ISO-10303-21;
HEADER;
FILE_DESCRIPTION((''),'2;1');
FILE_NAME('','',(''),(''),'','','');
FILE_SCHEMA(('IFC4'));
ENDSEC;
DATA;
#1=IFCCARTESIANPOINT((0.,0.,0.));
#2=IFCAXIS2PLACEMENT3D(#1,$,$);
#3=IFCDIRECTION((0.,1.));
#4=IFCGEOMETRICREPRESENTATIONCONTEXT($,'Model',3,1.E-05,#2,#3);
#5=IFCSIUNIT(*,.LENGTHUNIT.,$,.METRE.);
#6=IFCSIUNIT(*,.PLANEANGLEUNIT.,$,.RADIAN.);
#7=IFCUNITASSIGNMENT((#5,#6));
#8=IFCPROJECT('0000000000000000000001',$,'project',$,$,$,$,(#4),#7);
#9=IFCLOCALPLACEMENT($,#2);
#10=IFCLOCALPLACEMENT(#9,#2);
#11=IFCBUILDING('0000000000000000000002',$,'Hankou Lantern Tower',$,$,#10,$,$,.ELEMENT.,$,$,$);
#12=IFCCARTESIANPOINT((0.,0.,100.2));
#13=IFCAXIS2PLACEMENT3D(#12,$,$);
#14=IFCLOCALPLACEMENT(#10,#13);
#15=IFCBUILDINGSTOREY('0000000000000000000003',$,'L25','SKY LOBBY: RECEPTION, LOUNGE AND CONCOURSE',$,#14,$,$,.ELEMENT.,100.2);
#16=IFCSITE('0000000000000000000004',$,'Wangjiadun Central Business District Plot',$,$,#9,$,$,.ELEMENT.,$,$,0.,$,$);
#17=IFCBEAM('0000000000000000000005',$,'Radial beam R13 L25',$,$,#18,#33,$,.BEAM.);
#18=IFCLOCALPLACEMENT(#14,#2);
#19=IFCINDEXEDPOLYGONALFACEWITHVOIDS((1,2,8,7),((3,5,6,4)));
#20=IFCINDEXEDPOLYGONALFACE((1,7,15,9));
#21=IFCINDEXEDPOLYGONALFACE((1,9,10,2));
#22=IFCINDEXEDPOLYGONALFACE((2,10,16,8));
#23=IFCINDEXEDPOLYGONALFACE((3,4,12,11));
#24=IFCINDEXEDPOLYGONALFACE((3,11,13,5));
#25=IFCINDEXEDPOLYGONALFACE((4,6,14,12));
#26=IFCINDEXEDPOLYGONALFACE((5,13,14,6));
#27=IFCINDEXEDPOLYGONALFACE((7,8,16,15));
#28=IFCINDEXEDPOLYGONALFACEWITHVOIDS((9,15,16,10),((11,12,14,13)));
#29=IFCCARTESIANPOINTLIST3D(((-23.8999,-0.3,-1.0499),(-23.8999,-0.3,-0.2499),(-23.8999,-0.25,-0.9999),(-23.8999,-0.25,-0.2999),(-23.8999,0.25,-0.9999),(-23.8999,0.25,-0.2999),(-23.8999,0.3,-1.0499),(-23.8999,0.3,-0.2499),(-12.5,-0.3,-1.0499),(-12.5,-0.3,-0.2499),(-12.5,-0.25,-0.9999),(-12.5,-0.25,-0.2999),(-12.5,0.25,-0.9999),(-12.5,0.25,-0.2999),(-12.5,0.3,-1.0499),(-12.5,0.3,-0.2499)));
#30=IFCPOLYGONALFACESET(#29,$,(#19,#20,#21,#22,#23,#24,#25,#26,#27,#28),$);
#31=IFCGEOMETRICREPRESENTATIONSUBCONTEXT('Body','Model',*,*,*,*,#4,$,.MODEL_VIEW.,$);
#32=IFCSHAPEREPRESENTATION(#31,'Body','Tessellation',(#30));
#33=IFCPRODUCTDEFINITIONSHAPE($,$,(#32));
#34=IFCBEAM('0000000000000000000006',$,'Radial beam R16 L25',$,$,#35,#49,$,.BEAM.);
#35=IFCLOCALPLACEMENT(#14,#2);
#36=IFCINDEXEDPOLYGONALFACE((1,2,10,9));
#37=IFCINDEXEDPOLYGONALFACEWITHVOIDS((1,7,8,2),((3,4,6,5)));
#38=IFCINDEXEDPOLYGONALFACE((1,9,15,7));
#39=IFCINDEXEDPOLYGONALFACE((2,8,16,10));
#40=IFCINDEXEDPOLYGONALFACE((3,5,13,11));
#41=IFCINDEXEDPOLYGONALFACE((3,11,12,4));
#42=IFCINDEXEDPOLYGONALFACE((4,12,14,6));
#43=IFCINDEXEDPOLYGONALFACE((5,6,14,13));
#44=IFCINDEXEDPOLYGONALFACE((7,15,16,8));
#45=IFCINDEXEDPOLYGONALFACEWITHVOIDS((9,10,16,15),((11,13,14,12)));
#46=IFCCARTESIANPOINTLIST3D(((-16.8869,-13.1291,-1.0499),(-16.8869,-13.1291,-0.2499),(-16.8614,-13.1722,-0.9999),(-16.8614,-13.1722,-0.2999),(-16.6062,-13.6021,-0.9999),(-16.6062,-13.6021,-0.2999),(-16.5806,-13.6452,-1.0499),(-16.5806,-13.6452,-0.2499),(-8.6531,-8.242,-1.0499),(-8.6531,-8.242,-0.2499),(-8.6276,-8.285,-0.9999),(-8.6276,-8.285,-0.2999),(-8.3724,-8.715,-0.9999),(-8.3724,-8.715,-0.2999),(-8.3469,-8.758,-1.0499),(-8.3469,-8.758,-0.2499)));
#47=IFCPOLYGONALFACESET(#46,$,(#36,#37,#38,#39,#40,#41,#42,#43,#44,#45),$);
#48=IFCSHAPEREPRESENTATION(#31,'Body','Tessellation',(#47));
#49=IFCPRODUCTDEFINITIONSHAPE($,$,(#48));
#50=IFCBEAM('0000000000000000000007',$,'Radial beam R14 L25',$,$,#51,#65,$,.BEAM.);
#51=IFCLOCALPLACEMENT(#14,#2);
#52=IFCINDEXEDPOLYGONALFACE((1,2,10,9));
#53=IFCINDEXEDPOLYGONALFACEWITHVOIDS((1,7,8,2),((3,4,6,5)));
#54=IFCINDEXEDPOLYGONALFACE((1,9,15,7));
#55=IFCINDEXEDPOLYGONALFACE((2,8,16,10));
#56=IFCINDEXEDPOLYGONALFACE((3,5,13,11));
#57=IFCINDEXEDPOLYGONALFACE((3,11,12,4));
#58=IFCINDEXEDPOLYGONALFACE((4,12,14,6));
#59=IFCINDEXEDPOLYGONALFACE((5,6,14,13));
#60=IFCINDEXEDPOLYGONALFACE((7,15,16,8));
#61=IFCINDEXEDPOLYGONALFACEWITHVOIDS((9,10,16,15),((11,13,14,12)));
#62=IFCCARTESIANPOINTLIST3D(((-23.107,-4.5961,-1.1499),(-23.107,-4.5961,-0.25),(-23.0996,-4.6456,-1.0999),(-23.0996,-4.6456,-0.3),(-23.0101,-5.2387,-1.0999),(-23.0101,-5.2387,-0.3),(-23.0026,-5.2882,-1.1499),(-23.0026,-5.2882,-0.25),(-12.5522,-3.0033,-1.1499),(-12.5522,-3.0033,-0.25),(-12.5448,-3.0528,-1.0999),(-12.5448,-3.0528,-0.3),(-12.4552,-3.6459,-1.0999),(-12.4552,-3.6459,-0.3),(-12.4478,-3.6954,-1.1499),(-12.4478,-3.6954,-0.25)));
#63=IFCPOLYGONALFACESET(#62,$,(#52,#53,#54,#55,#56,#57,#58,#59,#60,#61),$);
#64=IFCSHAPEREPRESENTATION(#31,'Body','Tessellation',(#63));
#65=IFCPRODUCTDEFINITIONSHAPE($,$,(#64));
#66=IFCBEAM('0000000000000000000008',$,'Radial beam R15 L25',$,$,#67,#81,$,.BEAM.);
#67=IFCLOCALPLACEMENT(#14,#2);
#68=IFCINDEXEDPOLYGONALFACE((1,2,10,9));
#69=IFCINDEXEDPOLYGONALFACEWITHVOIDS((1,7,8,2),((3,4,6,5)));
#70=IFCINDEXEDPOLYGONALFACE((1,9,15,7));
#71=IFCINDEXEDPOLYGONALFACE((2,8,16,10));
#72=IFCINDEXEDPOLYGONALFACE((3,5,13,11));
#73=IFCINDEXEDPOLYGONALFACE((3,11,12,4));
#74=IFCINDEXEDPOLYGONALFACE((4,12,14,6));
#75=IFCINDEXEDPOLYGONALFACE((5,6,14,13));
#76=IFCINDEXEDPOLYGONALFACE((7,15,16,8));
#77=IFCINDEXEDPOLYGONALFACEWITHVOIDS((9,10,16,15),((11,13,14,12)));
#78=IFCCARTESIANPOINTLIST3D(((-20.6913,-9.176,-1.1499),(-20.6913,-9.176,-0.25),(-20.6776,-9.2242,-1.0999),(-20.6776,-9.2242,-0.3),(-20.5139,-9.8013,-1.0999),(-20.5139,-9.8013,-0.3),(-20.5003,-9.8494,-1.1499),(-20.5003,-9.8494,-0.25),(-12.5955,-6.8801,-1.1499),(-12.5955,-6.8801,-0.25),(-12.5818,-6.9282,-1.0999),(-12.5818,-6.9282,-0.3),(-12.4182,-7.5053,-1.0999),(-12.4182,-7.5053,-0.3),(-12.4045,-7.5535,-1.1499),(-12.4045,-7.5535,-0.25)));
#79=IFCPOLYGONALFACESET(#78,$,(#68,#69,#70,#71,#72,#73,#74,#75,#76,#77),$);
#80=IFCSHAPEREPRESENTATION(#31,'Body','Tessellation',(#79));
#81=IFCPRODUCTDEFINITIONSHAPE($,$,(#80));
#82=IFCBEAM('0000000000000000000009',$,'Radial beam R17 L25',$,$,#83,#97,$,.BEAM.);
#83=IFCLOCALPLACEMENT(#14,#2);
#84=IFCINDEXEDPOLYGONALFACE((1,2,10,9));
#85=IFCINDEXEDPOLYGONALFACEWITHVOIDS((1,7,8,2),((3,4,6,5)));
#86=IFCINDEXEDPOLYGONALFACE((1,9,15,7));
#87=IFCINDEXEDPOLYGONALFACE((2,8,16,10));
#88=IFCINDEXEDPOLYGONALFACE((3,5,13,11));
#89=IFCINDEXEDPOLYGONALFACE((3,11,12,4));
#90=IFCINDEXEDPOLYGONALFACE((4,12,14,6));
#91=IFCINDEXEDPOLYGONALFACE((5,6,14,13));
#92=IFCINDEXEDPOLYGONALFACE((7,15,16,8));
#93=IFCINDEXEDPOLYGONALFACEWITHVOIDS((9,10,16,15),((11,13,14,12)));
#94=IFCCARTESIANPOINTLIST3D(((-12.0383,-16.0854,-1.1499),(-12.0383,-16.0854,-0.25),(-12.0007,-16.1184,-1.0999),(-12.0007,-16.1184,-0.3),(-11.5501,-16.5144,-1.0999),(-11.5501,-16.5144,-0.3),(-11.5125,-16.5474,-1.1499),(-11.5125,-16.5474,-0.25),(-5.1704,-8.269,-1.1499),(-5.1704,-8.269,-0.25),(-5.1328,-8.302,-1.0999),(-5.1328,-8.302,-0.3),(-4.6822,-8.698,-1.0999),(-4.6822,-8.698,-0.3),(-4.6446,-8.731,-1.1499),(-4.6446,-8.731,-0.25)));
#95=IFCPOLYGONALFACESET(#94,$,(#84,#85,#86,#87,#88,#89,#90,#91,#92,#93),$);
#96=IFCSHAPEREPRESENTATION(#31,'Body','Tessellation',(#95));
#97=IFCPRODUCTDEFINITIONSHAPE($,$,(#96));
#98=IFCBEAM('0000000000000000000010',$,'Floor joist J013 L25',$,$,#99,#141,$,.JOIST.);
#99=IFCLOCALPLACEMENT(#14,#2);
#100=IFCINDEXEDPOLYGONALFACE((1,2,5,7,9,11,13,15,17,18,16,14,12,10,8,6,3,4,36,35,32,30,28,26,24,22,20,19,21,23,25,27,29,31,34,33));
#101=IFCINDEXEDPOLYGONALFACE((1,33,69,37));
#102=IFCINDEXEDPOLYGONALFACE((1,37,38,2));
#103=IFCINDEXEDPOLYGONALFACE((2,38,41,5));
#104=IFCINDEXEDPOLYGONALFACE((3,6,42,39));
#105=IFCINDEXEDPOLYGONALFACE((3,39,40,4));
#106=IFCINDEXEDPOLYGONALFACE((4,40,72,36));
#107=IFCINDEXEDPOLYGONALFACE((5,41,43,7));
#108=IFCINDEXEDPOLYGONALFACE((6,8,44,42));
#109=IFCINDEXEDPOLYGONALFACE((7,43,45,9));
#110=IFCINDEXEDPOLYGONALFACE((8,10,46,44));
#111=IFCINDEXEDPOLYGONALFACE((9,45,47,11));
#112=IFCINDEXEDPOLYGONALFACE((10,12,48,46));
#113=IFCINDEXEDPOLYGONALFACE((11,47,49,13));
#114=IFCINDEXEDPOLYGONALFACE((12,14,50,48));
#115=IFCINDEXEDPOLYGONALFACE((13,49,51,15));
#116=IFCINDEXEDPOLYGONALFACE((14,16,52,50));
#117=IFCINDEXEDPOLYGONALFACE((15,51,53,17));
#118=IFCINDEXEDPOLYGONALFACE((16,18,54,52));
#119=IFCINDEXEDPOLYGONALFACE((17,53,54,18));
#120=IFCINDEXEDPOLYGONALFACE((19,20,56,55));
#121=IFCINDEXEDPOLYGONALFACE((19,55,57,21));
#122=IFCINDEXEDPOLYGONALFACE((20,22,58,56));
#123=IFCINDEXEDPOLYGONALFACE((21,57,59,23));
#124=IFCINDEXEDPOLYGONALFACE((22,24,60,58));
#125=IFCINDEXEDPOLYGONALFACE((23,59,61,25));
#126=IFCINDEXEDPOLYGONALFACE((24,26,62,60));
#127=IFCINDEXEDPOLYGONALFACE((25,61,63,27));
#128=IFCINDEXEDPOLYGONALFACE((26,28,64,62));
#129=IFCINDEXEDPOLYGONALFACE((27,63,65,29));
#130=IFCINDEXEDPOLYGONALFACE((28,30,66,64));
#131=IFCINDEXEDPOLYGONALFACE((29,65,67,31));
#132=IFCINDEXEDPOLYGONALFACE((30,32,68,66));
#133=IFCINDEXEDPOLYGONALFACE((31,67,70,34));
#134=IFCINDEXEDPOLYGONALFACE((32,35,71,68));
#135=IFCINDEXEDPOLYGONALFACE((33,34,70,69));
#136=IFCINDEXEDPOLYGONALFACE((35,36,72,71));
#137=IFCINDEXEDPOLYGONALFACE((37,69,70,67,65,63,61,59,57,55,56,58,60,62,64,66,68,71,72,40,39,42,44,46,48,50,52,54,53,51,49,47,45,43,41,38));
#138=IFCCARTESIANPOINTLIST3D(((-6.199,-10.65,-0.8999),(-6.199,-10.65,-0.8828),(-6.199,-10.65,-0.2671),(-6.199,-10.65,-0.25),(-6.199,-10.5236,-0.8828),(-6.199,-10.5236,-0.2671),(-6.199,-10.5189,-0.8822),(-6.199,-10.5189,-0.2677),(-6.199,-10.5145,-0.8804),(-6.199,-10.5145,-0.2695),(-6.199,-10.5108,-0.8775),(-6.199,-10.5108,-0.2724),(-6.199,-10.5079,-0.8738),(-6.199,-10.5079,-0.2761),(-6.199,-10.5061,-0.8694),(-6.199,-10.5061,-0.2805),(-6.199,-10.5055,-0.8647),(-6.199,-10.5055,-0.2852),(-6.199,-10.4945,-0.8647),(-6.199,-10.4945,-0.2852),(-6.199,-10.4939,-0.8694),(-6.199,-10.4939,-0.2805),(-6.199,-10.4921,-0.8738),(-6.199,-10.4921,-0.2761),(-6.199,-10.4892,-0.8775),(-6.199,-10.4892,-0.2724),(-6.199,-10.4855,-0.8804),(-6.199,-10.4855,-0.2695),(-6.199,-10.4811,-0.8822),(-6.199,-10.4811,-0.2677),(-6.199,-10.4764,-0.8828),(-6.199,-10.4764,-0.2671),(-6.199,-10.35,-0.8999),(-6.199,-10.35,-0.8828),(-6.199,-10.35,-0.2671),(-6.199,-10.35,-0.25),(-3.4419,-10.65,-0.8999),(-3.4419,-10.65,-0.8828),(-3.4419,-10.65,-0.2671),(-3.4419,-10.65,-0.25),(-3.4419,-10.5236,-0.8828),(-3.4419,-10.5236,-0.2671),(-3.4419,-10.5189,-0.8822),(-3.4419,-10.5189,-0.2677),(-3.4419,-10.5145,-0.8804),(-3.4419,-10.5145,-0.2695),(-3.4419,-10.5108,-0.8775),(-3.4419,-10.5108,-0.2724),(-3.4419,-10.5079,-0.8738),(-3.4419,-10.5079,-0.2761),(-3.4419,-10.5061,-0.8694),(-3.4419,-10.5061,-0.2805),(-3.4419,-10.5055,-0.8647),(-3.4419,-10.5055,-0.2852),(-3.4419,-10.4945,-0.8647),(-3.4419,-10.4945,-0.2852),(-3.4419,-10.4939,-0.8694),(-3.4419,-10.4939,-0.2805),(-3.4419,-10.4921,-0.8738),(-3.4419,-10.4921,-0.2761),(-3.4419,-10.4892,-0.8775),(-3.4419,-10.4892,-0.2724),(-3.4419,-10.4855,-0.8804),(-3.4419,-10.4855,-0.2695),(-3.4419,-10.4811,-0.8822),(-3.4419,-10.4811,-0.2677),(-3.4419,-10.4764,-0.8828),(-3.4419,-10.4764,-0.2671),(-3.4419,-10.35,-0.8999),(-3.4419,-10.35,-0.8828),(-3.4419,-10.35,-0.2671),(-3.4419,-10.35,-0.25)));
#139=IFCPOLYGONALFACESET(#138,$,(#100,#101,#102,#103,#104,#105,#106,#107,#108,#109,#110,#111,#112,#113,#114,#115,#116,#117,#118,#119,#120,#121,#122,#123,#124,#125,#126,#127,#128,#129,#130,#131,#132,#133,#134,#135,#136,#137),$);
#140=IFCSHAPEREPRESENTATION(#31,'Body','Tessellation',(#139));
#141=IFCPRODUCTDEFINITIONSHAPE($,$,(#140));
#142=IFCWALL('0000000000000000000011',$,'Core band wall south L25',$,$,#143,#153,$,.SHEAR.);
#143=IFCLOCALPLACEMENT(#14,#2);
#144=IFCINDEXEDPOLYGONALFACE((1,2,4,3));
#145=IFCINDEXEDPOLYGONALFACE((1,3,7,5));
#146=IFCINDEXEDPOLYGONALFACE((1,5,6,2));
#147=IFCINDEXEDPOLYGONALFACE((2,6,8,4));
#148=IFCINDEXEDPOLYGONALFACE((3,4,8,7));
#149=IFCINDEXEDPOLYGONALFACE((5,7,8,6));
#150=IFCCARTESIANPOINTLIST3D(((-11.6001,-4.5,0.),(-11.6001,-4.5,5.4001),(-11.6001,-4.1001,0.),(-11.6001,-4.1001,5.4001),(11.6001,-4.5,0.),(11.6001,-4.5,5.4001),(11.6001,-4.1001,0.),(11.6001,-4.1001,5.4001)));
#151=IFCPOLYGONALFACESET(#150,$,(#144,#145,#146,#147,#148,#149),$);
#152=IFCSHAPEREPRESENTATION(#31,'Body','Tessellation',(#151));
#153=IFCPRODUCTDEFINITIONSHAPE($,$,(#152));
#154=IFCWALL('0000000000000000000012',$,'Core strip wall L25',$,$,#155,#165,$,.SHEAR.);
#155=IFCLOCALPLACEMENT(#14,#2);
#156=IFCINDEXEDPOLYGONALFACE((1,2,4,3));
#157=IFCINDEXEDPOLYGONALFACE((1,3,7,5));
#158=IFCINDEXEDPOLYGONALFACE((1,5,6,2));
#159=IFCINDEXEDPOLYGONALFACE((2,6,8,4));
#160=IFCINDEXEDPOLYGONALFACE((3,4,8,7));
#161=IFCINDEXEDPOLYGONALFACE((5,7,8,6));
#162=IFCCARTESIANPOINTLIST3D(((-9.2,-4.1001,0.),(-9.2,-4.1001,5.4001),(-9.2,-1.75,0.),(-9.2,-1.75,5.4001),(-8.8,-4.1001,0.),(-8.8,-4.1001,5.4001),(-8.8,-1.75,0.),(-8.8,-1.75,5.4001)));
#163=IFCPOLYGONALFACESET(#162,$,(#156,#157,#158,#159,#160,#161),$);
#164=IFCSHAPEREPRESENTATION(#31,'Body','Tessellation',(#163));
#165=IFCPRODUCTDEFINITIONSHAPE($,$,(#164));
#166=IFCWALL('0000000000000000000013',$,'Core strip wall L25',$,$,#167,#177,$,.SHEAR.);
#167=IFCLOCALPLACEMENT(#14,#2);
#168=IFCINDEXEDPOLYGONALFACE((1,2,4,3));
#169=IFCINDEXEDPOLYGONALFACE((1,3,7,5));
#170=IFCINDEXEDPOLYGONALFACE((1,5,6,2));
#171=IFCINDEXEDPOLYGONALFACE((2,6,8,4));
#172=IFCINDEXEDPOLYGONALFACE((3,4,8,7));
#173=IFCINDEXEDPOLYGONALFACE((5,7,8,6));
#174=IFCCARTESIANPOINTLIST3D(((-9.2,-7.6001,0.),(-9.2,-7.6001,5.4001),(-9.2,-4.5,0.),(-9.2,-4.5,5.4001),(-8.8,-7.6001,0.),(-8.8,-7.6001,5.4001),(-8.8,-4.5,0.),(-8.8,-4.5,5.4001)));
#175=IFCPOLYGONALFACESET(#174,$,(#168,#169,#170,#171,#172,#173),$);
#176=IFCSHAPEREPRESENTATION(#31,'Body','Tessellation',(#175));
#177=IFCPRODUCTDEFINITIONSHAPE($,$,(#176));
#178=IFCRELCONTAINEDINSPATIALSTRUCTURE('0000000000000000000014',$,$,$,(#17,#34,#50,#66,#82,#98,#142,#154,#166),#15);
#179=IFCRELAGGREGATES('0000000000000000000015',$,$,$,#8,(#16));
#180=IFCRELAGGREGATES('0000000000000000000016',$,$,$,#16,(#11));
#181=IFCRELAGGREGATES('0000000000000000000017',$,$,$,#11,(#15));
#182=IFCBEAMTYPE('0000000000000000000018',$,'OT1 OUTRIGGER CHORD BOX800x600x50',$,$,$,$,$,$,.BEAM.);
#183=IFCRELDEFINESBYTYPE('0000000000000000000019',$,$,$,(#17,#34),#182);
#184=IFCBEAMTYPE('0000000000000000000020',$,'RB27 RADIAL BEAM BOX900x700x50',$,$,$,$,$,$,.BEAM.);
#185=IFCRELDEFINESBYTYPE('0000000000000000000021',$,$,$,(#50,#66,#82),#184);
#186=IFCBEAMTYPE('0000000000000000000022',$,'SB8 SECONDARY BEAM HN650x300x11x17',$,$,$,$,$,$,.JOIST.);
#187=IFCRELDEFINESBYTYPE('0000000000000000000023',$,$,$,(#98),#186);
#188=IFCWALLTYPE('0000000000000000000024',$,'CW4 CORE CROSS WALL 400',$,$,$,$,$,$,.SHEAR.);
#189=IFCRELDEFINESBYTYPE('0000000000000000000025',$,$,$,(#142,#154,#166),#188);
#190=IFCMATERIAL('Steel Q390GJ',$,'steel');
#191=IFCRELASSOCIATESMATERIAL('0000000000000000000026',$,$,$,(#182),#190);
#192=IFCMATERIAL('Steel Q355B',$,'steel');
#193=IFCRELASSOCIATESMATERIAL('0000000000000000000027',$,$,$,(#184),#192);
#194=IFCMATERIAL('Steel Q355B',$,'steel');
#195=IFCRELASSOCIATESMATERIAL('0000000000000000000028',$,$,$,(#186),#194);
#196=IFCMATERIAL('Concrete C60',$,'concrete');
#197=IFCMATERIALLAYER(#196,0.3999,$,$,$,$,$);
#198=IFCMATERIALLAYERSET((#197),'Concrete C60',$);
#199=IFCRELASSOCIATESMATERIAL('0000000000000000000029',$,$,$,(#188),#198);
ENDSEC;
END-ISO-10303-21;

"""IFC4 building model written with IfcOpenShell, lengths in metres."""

from ifc_helpers import new_model, si_unit, direction, frame, frame_2d, origin, origin_2d, place, context, subcontext, project, spatial, rectangle, hollow_rectangle, i_section, extrude, material, layer, layer_set, material_profile, profile_set, type_object, element, save


model = new_model("IFC4")

# Units and contexts
model_context = context("Model", 3, precision=1e-05, world=origin(), true_north=direction((0.0, 1.0)))
body_context = subcontext(model_context, "Body", "Model", "MODEL_VIEW")
ifc_project = project(units=[si_unit("LENGTHUNIT", "METRE"), si_unit("PLANEANGLEUNIT", "RADIAN")], contexts=[model_context])

# Site, building, storey
site_placement = place(None, origin())
site = spatial("IfcSite", under=ifc_project, at=site_placement, Name="Wangjiadun Central Business District Plot", CompositionType="ELEMENT", RefElevation=0.0)
building_placement = place(site_placement, origin())
building = spatial("IfcBuilding", under=site, at=building_placement, Name="Hankou Lantern Tower", CompositionType="ELEMENT")
storey_placement = place(building_placement, frame((0.0, 0.0, 100.2)))
storey = spatial("IfcBuildingStorey", under=building, at=storey_placement, Name="L25", Description="SKY LOBBY: RECEPTION, LOUNGE AND CONCOURSE", CompositionType="ELEMENT", Elevation=100.2)

# Beams
ifc_material_1 = material(Name="Steel Q390GJ", Category="steel")
ifc_material_profile_1 = material_profile(ifc_material_1, hollow_rectangle(XDim=0.6001, YDim=0.8, WallThickness=0.05, at=origin_2d()), Name="BOX800x600x50")
ifc_profile_set_1 = profile_set([ifc_material_profile_1], Name="Steel Q390GJ")
beam_type_1 = type_object("IfcBeamType", Name="OT1 OUTRIGGER CHORD BOX800x600x50", PredefinedType="BEAM", material=ifc_profile_set_1)
beam_1_placement = place(storey_placement, frame((-12.5, 0.0, -0.6499), z_axis=(-1.0, 0.0, 0.0), x_axis=(0.0, -1.0, 0.0)))
element("IfcBeam", 1, at=beam_1_placement, inside=storey, type_object=beam_type_1, Name="Radial beam R13 L25", PredefinedType="BEAM", context=body_context, shape_type="SweptSolid", body=[
    extrude(hollow_rectangle(XDim=0.6001, YDim=0.8, WallThickness=0.05, at=origin_2d()), origin(), (0.0, 0.0, 1.0), 11.3999),
])
beam_2_placement = place(storey_placement, frame((-8.5, -8.5, -0.6499), z_axis=(-0.859931, -0.51041, 0.0), x_axis=(0.51041, -0.859931, 0.0)))
element("IfcBeam", 2, at=beam_2_placement, inside=storey, type_object=beam_type_1, Name="Radial beam R16 L25", PredefinedType="BEAM", context=body_context, shape_type="SweptSolid", body=[
    extrude(hollow_rectangle(XDim=0.6001, YDim=0.8, WallThickness=0.05, at=origin_2d()), origin(), (0.0, 0.0, 1.0), 9.575),
])
ifc_material_2 = material(Name="Steel Q355B", Category="steel")
ifc_material_profile_2 = material_profile(ifc_material_2, hollow_rectangle(XDim=0.7, YDim=0.8999, WallThickness=0.05, at=origin_2d()), Name="BOX900x700x50")
ifc_profile_set_2 = profile_set([ifc_material_profile_2], Name="Steel Q355B")
beam_type_2 = type_object("IfcBeamType", Name="RB27 RADIAL BEAM BOX900x700x50", PredefinedType="BEAM", material=ifc_profile_set_2)
beam_3_placement = place(storey_placement, frame((-12.5, -3.3494, -0.7), z_axis=(-0.988805, -0.149214, 0.0), x_axis=(0.149214, -0.988805, 0.0)))
element("IfcBeam", 3, at=beam_3_placement, inside=storey, type_object=beam_type_2, Name="Radial beam R14 L25", PredefinedType="BEAM", context=body_context, shape_type="SweptSolid", body=[
    extrude(hollow_rectangle(XDim=0.7, YDim=0.8999, WallThickness=0.05, at=origin_2d()), origin(), (0.0, 0.0, 1.0), 10.6743),
])
beam_4_placement = place(storey_placement, frame((-12.5, -7.2168, -0.7), z_axis=(-0.962061, -0.272835, 0.0), x_axis=(0.272835, -0.962061, 0.0)))
element("IfcBeam", 4, at=beam_4_placement, inside=storey, type_object=beam_type_2, Name="Radial beam R15 L25", PredefinedType="BEAM", context=body_context, shape_type="SweptSolid", body=[
    extrude(hollow_rectangle(XDim=0.7, YDim=0.8999, WallThickness=0.05, at=origin_2d()), origin(), (0.0, 0.0, 1.0), 8.415),
])
beam_5_placement = place(storey_placement, frame((-4.9075, -8.5, -0.7), z_axis=(-0.660058, -0.751215, 0.0), x_axis=(0.751215, -0.660058, 0.0)))
element("IfcBeam", 5, at=beam_5_placement, inside=storey, type_object=beam_type_2, Name="Radial beam R17 L25", PredefinedType="BEAM", context=body_context, shape_type="SweptSolid", body=[
    extrude(hollow_rectangle(XDim=0.7, YDim=0.8999, WallThickness=0.05, at=origin_2d()), origin(), (0.0, 0.0, 1.0), 10.405),
])
ifc_material_3 = material(Name="Steel Q355B", Category="steel")
ifc_material_profile_3 = material_profile(ifc_material_3, i_section(OverallWidth=0.3, OverallDepth=0.6499, WebThickness=0.011, FlangeThickness=0.0171, FilletRadius=0.0181, at=origin_2d()), Name="HN650x300x11x17")
ifc_profile_set_3 = profile_set([ifc_material_profile_3], Name="Steel Q355B")
beam_type_3 = type_object("IfcBeamType", Name="SB8 SECONDARY BEAM HN650x300x11x17", PredefinedType="JOIST", material=ifc_profile_set_3)
beam_6_placement = place(storey_placement, frame((-6.199, -10.5, -0.575), z_axis=(1.0, 0.0, 0.0), x_axis=(0.0, 1.0, 0.0)))
element("IfcBeam", 6, at=beam_6_placement, inside=storey, type_object=beam_type_3, Name="Floor joist J013 L25", PredefinedType="JOIST", context=body_context, shape_type="SweptSolid", body=[
    extrude(i_section(OverallWidth=0.3, OverallDepth=0.6499, WebThickness=0.011, FlangeThickness=0.0171, FilletRadius=0.0181, at=origin_2d()), origin(), (0.0, 0.0, 1.0), 2.7571),
])

# Walls
ifc_material_4 = material(Name="Concrete C60", Category="concrete")
ifc_layer_1 = layer(ifc_material_4, 0.3999)
ifc_layer_set_1 = layer_set([ifc_layer_1], Name="Concrete C60")
wall_type_1 = type_object("IfcWallType", Name="CW4 CORE CROSS WALL 400", PredefinedType="SHEAR", material=ifc_layer_set_1)
wall_1_placement = place(storey_placement, frame((-11.6001, -4.3, 0.0), z_axis=(0.0, 0.0, 1.0), x_axis=(1.0, 0.0, 0.0)))
element("IfcWall", 7, at=wall_1_placement, inside=storey, type_object=wall_type_1, Name="Core band wall south L25", PredefinedType="SHEAR", context=body_context, shape_type="SweptSolid", body=[
    extrude(rectangle(XDim=23.2002, YDim=0.3999, at=frame_2d((11.6001, 0.0))), origin(), (0.0, 0.0, 1.0), 5.4001),
])
wall_2_placement = place(storey_placement, frame((-9.0, -4.1001, 0.0), z_axis=(0.0, 0.0, 1.0), x_axis=(0.0, 1.0, 0.0)))
element("IfcWall", 8, at=wall_2_placement, inside=storey, type_object=wall_type_1, Name="Core strip wall L25", PredefinedType="SHEAR", context=body_context, shape_type="SweptSolid", body=[
    extrude(rectangle(XDim=2.3501, YDim=0.3999, at=frame_2d((1.175, 0.0))), origin(), (0.0, 0.0, 1.0), 5.4001),
])
wall_3_placement = place(storey_placement, frame((-9.0, -7.6001, 0.0), z_axis=(0.0, 0.0, 1.0), x_axis=(0.0, 1.0, 0.0)))
element("IfcWall", 9, at=wall_3_placement, inside=storey, type_object=wall_type_1, Name="Core strip wall L25", PredefinedType="SHEAR", context=body_context, shape_type="SweptSolid", body=[
    extrude(rectangle(XDim=3.1001, YDim=0.3999, at=frame_2d((1.55, 0.0))), origin(), (0.0, 0.0, 1.0), 5.4001),
])

save(model, "model.ifc")
